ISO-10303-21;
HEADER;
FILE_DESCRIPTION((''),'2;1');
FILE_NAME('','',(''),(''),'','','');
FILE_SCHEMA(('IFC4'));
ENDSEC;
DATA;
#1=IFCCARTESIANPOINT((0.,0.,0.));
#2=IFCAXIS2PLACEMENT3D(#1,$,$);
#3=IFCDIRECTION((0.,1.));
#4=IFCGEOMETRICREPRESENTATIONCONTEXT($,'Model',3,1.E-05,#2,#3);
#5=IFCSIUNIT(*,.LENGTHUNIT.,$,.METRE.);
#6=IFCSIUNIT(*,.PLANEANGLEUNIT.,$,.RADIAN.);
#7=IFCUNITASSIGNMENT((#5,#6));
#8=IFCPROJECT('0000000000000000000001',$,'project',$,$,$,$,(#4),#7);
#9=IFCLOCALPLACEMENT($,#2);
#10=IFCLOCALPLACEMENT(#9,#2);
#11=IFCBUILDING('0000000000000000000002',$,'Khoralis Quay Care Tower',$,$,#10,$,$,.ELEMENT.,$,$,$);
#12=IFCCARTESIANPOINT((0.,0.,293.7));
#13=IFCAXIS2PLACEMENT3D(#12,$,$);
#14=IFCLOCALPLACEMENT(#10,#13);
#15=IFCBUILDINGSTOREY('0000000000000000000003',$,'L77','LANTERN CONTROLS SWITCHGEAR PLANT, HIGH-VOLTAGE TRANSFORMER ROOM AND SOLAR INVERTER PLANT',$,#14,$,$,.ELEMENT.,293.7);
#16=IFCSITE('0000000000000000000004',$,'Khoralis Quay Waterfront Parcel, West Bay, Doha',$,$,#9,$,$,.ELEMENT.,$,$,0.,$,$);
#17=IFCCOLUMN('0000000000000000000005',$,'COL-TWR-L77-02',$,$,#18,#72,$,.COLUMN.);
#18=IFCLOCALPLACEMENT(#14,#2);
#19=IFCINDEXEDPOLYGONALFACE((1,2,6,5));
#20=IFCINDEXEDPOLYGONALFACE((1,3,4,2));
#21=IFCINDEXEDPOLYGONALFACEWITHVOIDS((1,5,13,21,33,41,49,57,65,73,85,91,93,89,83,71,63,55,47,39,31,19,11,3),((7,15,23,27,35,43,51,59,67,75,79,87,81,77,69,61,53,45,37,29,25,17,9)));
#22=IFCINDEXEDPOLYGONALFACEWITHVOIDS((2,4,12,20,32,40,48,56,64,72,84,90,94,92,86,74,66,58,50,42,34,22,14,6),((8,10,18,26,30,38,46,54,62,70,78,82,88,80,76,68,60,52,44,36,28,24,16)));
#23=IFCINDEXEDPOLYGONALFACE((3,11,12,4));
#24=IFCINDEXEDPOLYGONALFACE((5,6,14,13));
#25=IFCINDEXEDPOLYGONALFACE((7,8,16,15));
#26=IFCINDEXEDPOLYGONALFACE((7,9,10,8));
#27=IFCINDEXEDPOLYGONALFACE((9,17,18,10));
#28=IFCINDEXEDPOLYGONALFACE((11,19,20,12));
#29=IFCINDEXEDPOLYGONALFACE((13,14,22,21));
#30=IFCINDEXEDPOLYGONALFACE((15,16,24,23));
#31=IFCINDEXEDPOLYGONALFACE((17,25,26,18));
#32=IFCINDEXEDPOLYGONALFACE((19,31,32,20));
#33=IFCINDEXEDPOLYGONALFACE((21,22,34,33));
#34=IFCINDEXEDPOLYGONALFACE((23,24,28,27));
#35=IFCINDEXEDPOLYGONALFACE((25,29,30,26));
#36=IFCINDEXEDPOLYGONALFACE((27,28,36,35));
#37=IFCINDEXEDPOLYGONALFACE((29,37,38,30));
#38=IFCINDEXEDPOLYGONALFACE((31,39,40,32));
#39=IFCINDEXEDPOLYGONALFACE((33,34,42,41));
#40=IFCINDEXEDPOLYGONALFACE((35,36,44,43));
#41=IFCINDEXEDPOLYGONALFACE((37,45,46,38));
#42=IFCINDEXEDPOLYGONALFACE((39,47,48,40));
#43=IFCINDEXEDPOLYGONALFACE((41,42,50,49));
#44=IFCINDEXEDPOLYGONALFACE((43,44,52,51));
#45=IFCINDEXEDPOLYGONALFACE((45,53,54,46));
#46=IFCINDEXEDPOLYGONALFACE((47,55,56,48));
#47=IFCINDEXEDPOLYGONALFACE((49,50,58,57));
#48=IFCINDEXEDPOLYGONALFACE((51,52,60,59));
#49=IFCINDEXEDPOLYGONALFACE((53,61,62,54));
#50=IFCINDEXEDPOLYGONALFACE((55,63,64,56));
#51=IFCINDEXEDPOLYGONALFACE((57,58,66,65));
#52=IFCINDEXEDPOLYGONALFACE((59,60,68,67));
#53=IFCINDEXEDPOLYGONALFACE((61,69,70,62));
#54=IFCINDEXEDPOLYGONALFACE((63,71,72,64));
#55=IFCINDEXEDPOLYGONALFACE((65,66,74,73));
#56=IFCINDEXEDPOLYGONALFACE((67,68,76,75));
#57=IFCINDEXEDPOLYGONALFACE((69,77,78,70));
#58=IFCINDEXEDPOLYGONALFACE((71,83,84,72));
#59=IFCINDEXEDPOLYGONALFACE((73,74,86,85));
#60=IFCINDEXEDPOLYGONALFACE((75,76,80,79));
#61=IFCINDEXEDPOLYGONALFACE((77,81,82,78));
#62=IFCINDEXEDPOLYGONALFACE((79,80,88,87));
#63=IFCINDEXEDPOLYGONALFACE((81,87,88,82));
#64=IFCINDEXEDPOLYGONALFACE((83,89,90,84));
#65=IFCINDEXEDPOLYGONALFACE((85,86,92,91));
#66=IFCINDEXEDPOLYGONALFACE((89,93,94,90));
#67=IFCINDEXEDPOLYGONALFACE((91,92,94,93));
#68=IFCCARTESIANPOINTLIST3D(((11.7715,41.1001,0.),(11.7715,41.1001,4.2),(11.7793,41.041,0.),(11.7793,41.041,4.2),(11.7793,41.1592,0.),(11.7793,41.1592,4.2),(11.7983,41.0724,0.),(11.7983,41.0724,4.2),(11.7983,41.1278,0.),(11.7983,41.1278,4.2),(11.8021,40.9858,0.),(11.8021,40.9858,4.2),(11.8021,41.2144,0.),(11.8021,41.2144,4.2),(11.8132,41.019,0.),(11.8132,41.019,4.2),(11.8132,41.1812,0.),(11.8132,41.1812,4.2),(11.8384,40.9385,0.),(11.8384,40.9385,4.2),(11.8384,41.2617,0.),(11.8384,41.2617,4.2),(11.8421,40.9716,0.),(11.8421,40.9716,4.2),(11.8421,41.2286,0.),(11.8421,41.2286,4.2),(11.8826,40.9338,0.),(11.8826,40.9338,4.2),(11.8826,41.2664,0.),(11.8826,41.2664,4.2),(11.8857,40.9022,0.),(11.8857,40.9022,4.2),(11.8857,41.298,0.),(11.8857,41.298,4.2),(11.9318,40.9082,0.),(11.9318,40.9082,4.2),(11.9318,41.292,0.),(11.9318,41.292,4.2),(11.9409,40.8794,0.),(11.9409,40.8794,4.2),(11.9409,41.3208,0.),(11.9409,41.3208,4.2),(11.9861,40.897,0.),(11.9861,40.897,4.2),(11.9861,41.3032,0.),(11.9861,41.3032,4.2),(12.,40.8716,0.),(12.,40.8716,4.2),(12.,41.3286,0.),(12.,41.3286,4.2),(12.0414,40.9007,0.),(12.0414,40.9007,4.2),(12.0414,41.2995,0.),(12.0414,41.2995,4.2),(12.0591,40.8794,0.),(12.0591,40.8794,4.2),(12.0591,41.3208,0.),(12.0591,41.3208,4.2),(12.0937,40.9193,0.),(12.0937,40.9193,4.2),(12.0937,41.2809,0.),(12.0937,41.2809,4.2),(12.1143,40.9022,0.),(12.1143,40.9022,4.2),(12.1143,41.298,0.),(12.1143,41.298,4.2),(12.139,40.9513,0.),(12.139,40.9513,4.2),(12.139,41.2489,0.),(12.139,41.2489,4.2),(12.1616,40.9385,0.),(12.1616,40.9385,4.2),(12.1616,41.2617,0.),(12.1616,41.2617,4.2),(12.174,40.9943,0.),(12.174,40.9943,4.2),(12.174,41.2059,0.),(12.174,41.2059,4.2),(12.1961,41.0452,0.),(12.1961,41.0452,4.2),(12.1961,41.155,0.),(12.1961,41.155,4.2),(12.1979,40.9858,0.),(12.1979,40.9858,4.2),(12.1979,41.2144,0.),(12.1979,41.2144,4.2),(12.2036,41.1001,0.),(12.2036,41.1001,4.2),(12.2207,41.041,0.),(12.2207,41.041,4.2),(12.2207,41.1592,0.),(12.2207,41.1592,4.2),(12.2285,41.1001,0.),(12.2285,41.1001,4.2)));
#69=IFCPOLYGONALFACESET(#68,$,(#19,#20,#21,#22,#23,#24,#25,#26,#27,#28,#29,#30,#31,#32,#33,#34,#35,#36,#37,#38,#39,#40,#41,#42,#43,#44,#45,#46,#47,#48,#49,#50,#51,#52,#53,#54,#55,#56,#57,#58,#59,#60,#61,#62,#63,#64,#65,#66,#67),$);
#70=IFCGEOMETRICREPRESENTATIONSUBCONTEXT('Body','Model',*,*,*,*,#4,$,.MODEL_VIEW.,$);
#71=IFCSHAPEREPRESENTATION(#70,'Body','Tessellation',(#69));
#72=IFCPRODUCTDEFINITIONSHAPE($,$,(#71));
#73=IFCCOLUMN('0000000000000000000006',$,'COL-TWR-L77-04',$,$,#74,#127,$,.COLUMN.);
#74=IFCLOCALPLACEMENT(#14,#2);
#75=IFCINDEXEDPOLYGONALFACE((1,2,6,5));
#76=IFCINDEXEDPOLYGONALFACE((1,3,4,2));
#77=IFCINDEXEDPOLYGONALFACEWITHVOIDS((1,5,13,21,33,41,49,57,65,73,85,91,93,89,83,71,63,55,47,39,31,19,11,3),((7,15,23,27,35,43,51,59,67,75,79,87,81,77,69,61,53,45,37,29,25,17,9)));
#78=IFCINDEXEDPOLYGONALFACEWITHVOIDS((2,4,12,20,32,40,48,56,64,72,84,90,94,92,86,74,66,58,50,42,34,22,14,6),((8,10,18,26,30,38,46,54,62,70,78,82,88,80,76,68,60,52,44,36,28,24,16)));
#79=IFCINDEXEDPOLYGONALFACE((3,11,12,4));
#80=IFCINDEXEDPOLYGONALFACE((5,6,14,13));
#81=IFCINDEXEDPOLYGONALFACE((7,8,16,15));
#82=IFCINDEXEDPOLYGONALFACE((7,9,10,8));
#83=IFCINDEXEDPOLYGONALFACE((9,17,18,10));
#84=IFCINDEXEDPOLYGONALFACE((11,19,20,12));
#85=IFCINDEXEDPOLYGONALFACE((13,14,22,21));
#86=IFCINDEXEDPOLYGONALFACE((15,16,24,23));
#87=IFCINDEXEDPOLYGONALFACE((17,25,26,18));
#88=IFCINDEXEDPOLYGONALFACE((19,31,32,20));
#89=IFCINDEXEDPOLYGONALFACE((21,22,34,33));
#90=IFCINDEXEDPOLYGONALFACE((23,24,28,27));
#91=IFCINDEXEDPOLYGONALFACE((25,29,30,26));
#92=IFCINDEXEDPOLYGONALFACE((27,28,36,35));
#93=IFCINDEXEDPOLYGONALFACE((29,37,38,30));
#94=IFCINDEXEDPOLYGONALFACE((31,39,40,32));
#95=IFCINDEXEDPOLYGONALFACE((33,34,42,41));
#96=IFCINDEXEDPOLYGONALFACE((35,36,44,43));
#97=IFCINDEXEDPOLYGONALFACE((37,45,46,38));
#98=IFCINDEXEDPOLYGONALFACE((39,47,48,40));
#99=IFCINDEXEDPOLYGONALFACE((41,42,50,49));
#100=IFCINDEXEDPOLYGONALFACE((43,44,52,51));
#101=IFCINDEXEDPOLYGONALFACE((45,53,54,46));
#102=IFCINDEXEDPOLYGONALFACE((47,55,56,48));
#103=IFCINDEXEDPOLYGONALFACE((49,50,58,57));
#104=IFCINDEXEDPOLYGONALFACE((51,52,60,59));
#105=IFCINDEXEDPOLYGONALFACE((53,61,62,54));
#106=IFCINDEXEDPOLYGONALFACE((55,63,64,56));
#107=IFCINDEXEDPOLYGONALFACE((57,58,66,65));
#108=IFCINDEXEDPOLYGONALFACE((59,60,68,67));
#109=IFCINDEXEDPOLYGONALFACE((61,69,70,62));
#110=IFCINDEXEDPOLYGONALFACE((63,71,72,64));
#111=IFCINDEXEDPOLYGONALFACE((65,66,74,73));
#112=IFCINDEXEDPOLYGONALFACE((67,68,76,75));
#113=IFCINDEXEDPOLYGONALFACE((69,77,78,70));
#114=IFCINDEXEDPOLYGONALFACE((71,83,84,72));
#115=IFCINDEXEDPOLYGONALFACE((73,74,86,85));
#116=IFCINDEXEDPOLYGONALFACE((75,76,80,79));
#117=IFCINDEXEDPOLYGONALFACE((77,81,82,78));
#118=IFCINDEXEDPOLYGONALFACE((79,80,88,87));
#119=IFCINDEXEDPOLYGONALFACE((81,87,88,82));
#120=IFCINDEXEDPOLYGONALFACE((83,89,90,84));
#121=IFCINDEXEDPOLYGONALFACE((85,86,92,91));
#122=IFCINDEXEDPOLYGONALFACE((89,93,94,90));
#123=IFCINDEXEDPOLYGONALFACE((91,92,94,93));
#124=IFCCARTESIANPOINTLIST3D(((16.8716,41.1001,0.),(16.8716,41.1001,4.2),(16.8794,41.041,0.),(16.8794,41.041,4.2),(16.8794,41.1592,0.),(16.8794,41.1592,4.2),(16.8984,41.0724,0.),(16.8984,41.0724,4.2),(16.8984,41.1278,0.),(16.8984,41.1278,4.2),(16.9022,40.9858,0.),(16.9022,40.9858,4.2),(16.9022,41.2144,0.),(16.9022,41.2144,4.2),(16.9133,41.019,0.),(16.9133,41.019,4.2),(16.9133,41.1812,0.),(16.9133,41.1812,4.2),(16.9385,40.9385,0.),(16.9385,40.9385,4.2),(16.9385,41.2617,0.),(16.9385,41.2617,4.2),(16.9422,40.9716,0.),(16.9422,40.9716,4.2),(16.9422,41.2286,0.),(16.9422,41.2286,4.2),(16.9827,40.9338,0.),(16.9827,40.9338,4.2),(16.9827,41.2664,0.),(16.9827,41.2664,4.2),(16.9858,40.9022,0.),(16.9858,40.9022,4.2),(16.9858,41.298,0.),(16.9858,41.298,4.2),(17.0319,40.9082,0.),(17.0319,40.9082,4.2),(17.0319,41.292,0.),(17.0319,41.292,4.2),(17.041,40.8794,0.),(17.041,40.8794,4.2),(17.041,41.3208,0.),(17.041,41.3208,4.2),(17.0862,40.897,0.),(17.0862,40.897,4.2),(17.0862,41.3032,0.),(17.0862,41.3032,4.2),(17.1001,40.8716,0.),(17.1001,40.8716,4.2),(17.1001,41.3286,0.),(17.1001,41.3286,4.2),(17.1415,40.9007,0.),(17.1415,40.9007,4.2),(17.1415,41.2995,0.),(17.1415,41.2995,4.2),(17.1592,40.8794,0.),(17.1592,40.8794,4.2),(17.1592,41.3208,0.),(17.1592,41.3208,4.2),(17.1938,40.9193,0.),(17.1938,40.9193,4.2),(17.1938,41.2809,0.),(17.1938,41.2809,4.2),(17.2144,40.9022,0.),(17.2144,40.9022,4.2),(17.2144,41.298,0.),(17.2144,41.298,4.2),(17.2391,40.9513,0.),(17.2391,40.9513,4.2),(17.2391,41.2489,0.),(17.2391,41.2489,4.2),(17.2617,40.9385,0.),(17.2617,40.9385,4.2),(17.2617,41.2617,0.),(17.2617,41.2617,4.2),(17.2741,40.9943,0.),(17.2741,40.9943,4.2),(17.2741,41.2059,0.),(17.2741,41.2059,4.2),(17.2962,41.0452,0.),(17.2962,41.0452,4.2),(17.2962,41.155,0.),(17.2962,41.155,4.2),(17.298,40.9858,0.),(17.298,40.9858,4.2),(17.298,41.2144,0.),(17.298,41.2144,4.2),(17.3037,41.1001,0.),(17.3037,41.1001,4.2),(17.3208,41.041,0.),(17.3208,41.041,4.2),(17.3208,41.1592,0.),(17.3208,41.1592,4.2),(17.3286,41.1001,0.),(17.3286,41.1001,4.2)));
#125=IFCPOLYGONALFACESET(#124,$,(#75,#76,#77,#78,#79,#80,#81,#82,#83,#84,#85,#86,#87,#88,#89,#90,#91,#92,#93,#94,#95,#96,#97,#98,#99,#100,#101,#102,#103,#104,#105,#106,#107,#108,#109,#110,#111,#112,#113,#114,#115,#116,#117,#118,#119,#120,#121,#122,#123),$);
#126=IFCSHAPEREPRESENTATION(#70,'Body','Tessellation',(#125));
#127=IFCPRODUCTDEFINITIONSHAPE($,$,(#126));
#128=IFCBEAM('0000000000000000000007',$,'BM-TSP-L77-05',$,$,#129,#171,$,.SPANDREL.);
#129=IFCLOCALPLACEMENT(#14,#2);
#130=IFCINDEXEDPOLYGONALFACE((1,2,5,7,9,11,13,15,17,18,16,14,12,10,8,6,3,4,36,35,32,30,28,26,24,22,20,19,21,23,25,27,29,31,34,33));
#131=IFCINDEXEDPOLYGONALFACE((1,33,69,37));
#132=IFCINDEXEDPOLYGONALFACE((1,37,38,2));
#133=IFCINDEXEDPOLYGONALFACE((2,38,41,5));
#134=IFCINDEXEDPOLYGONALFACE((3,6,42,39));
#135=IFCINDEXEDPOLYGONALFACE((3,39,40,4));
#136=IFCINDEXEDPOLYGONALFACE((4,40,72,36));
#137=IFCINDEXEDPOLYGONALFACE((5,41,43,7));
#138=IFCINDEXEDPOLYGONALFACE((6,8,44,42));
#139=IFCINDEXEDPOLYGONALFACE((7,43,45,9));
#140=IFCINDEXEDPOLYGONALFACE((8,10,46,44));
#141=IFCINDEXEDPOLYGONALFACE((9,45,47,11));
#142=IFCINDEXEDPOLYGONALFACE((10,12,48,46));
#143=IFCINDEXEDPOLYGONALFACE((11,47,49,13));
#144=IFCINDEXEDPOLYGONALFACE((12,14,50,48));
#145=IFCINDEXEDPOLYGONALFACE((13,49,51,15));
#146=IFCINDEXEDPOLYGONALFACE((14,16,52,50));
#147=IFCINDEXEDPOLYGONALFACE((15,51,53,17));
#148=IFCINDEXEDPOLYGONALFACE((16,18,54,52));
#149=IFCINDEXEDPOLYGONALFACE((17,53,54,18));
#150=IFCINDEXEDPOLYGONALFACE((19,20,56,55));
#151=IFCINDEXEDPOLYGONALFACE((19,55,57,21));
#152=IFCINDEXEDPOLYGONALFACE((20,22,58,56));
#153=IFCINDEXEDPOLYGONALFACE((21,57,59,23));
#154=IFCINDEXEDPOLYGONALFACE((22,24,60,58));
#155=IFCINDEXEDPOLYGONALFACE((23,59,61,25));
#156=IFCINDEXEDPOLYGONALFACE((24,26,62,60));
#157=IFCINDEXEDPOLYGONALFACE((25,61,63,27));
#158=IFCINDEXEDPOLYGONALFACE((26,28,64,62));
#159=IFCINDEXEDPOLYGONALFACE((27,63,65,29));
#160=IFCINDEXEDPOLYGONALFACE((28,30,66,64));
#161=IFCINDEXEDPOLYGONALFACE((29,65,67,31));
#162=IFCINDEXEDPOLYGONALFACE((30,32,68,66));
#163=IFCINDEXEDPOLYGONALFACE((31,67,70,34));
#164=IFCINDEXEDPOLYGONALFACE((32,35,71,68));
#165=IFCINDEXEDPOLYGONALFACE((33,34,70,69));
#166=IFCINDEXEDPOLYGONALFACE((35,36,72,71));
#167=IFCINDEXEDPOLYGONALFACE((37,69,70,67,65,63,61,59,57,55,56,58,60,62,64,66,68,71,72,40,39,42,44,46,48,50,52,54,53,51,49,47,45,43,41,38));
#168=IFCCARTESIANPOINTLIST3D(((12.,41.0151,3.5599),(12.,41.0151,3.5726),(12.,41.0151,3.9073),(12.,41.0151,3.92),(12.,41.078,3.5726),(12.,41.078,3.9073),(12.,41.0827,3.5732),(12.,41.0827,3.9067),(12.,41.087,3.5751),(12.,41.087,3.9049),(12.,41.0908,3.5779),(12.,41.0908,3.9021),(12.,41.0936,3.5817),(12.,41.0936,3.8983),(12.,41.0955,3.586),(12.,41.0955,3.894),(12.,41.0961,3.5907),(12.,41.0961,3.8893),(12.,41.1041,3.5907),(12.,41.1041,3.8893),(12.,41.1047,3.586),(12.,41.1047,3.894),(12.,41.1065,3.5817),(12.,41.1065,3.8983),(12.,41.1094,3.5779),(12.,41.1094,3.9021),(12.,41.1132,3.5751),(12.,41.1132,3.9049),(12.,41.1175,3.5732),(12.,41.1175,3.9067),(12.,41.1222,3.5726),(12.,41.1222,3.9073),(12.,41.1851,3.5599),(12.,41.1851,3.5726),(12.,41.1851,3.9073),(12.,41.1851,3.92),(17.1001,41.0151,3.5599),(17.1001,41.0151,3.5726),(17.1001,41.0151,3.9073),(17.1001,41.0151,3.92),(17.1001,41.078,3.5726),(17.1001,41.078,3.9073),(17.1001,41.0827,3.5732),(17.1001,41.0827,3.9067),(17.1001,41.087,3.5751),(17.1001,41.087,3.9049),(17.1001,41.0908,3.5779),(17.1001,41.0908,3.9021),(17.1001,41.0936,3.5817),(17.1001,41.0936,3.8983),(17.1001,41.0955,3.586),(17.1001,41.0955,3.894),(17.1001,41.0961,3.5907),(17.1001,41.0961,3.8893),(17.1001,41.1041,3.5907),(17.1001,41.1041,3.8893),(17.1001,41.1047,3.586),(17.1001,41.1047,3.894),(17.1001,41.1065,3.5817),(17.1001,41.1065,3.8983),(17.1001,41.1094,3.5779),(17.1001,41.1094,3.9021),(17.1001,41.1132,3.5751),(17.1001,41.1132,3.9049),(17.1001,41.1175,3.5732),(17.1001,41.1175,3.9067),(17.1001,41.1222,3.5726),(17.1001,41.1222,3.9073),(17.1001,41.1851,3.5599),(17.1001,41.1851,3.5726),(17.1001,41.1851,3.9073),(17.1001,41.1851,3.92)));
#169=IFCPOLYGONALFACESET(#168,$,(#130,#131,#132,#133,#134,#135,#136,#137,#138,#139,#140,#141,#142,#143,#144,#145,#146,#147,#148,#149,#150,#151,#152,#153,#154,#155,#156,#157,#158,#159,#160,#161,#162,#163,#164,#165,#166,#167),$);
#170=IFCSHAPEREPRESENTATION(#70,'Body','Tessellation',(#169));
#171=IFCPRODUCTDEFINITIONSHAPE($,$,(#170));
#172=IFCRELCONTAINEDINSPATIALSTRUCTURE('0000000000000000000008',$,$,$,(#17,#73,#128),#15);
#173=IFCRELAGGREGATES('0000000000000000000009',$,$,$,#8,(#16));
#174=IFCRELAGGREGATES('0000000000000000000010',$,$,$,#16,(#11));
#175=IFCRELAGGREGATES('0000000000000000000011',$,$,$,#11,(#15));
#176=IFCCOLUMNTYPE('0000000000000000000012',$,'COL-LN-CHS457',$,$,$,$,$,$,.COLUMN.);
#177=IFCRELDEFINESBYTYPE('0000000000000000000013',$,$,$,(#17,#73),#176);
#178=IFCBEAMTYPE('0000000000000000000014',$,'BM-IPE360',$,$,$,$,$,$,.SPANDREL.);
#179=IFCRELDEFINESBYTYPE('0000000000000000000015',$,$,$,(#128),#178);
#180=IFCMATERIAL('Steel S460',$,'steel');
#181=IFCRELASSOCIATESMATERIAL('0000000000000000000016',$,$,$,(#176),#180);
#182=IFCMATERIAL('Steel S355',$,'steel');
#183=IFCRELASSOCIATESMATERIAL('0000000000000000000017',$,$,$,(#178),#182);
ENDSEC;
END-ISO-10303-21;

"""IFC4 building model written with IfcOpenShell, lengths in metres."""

from ifc_helpers import new_model, si_unit, direction, frame, origin, origin_2d, place, context, subcontext, project, spatial, hollow_circle, i_section, extrude, source, transform, mapped, material, material_profile, profile_set, type_object, element, save


model = new_model("IFC4")

# Units and contexts
model_context = context("Model", 3, precision=1e-05, world=origin(), true_north=direction((0.0, 1.0)))
body_context = subcontext(model_context, "Body", "Model", "MODEL_VIEW")
ifc_project = project(units=[si_unit("LENGTHUNIT", "METRE"), si_unit("PLANEANGLEUNIT", "RADIAN")], contexts=[model_context])

# Site, building, storey
site_placement = place(None, origin())
site = spatial("IfcSite", under=ifc_project, at=site_placement, Name="Khoralis Quay Waterfront Parcel, West Bay, Doha", CompositionType="ELEMENT", RefElevation=0.0)
building_placement = place(site_placement, origin())
building = spatial("IfcBuilding", under=site, at=building_placement, Name="Khoralis Quay Care Tower", CompositionType="ELEMENT")
storey_placement = place(building_placement, frame((0.0, 0.0, 293.7)))
storey = spatial("IfcBuildingStorey", under=building, at=storey_placement, Name="L77", Description="LANTERN CONTROLS SWITCHGEAR PLANT, HIGH-VOLTAGE TRANSFORMER ROOM AND SOLAR INVERTER PLANT", CompositionType="ELEMENT", Elevation=293.7)

# Columns
ifc_material_1 = material(Name="Steel S460", Category="steel")
ifc_material_profile_1 = material_profile(ifc_material_1, hollow_circle(Radius=0.2285, WallThickness=0.0249, at=origin_2d()), Name="Steel S460")
ifc_profile_set_1 = profile_set([ifc_material_profile_1], Name="Steel S460")
column_type = type_object("IfcColumnType", Name="COL-LN-CHS457", PredefinedType="COLUMN", material=ifc_profile_set_1)
shared_shape_1 = source(origin(), body_context, "Body", "SweptSolid", [
    extrude(hollow_circle(Radius=0.2285, WallThickness=0.0249, at=origin_2d()), origin(), (0.0, 0.0, 1.0), 4.2),
])
for number, where, z_axis, x_axis, name in (
    (1, (12.0, 41.1001, 0.0), (0.0, 0.0, 1.0), (1.0, 0.0, 0.0), "COL-TWR-L77-02"),
    (2, (17.1001, 41.1001, 0.0), (0.0, 0.0, 1.0), (1.0, 0.0, 0.0), "COL-TWR-L77-04"),
):
    element("IfcColumn", number, at=place(storey_placement, frame(where, z_axis=z_axis, x_axis=x_axis)), inside=storey, type_object=column_type, Name=name, PredefinedType="COLUMN", context=body_context, shape_type="MappedRepresentation", body=[
        mapped(shared_shape_1, transform((0.0, 0.0, 0.0), scale=1.0)),
    ])

# Beam
ifc_material_2 = material(Name="Steel S355", Category="steel")
ifc_material_profile_2 = material_profile(ifc_material_2, i_section(OverallWidth=0.1699, OverallDepth=0.3601, WebThickness=0.0081, FlangeThickness=0.0127, FilletRadius=0.0181, at=origin_2d()), Name="Steel S355")
ifc_profile_set_2 = profile_set([ifc_material_profile_2], Name="Steel S355")
beam_type_1 = type_object("IfcBeamType", Name="BM-IPE360", PredefinedType="SPANDREL", material=ifc_profile_set_2)
shared_shape_2 = source(origin(), body_context, "Body", "SweptSolid", [
    extrude(i_section(OverallWidth=0.1699, OverallDepth=0.3601, WebThickness=0.0081, FlangeThickness=0.0127, FilletRadius=0.0181, at=origin_2d()), origin(), (0.0, 0.0, 1.0), 5.1001),
])
beam_1_placement = place(storey_placement, frame((12.0, 41.1001, 3.74), z_axis=(1.0, 0.0, 0.0), x_axis=(0.0, 1.0, 0.0)))
element("IfcBeam", 3, at=beam_1_placement, inside=storey, type_object=beam_type_1, Name="BM-TSP-L77-05", PredefinedType="SPANDREL", context=body_context, shape_type="MappedRepresentation", body=[
    mapped(shared_shape_2, transform((0.0, 0.0, 0.0), scale=1.0)),
])

save(model, "model.ifc")
